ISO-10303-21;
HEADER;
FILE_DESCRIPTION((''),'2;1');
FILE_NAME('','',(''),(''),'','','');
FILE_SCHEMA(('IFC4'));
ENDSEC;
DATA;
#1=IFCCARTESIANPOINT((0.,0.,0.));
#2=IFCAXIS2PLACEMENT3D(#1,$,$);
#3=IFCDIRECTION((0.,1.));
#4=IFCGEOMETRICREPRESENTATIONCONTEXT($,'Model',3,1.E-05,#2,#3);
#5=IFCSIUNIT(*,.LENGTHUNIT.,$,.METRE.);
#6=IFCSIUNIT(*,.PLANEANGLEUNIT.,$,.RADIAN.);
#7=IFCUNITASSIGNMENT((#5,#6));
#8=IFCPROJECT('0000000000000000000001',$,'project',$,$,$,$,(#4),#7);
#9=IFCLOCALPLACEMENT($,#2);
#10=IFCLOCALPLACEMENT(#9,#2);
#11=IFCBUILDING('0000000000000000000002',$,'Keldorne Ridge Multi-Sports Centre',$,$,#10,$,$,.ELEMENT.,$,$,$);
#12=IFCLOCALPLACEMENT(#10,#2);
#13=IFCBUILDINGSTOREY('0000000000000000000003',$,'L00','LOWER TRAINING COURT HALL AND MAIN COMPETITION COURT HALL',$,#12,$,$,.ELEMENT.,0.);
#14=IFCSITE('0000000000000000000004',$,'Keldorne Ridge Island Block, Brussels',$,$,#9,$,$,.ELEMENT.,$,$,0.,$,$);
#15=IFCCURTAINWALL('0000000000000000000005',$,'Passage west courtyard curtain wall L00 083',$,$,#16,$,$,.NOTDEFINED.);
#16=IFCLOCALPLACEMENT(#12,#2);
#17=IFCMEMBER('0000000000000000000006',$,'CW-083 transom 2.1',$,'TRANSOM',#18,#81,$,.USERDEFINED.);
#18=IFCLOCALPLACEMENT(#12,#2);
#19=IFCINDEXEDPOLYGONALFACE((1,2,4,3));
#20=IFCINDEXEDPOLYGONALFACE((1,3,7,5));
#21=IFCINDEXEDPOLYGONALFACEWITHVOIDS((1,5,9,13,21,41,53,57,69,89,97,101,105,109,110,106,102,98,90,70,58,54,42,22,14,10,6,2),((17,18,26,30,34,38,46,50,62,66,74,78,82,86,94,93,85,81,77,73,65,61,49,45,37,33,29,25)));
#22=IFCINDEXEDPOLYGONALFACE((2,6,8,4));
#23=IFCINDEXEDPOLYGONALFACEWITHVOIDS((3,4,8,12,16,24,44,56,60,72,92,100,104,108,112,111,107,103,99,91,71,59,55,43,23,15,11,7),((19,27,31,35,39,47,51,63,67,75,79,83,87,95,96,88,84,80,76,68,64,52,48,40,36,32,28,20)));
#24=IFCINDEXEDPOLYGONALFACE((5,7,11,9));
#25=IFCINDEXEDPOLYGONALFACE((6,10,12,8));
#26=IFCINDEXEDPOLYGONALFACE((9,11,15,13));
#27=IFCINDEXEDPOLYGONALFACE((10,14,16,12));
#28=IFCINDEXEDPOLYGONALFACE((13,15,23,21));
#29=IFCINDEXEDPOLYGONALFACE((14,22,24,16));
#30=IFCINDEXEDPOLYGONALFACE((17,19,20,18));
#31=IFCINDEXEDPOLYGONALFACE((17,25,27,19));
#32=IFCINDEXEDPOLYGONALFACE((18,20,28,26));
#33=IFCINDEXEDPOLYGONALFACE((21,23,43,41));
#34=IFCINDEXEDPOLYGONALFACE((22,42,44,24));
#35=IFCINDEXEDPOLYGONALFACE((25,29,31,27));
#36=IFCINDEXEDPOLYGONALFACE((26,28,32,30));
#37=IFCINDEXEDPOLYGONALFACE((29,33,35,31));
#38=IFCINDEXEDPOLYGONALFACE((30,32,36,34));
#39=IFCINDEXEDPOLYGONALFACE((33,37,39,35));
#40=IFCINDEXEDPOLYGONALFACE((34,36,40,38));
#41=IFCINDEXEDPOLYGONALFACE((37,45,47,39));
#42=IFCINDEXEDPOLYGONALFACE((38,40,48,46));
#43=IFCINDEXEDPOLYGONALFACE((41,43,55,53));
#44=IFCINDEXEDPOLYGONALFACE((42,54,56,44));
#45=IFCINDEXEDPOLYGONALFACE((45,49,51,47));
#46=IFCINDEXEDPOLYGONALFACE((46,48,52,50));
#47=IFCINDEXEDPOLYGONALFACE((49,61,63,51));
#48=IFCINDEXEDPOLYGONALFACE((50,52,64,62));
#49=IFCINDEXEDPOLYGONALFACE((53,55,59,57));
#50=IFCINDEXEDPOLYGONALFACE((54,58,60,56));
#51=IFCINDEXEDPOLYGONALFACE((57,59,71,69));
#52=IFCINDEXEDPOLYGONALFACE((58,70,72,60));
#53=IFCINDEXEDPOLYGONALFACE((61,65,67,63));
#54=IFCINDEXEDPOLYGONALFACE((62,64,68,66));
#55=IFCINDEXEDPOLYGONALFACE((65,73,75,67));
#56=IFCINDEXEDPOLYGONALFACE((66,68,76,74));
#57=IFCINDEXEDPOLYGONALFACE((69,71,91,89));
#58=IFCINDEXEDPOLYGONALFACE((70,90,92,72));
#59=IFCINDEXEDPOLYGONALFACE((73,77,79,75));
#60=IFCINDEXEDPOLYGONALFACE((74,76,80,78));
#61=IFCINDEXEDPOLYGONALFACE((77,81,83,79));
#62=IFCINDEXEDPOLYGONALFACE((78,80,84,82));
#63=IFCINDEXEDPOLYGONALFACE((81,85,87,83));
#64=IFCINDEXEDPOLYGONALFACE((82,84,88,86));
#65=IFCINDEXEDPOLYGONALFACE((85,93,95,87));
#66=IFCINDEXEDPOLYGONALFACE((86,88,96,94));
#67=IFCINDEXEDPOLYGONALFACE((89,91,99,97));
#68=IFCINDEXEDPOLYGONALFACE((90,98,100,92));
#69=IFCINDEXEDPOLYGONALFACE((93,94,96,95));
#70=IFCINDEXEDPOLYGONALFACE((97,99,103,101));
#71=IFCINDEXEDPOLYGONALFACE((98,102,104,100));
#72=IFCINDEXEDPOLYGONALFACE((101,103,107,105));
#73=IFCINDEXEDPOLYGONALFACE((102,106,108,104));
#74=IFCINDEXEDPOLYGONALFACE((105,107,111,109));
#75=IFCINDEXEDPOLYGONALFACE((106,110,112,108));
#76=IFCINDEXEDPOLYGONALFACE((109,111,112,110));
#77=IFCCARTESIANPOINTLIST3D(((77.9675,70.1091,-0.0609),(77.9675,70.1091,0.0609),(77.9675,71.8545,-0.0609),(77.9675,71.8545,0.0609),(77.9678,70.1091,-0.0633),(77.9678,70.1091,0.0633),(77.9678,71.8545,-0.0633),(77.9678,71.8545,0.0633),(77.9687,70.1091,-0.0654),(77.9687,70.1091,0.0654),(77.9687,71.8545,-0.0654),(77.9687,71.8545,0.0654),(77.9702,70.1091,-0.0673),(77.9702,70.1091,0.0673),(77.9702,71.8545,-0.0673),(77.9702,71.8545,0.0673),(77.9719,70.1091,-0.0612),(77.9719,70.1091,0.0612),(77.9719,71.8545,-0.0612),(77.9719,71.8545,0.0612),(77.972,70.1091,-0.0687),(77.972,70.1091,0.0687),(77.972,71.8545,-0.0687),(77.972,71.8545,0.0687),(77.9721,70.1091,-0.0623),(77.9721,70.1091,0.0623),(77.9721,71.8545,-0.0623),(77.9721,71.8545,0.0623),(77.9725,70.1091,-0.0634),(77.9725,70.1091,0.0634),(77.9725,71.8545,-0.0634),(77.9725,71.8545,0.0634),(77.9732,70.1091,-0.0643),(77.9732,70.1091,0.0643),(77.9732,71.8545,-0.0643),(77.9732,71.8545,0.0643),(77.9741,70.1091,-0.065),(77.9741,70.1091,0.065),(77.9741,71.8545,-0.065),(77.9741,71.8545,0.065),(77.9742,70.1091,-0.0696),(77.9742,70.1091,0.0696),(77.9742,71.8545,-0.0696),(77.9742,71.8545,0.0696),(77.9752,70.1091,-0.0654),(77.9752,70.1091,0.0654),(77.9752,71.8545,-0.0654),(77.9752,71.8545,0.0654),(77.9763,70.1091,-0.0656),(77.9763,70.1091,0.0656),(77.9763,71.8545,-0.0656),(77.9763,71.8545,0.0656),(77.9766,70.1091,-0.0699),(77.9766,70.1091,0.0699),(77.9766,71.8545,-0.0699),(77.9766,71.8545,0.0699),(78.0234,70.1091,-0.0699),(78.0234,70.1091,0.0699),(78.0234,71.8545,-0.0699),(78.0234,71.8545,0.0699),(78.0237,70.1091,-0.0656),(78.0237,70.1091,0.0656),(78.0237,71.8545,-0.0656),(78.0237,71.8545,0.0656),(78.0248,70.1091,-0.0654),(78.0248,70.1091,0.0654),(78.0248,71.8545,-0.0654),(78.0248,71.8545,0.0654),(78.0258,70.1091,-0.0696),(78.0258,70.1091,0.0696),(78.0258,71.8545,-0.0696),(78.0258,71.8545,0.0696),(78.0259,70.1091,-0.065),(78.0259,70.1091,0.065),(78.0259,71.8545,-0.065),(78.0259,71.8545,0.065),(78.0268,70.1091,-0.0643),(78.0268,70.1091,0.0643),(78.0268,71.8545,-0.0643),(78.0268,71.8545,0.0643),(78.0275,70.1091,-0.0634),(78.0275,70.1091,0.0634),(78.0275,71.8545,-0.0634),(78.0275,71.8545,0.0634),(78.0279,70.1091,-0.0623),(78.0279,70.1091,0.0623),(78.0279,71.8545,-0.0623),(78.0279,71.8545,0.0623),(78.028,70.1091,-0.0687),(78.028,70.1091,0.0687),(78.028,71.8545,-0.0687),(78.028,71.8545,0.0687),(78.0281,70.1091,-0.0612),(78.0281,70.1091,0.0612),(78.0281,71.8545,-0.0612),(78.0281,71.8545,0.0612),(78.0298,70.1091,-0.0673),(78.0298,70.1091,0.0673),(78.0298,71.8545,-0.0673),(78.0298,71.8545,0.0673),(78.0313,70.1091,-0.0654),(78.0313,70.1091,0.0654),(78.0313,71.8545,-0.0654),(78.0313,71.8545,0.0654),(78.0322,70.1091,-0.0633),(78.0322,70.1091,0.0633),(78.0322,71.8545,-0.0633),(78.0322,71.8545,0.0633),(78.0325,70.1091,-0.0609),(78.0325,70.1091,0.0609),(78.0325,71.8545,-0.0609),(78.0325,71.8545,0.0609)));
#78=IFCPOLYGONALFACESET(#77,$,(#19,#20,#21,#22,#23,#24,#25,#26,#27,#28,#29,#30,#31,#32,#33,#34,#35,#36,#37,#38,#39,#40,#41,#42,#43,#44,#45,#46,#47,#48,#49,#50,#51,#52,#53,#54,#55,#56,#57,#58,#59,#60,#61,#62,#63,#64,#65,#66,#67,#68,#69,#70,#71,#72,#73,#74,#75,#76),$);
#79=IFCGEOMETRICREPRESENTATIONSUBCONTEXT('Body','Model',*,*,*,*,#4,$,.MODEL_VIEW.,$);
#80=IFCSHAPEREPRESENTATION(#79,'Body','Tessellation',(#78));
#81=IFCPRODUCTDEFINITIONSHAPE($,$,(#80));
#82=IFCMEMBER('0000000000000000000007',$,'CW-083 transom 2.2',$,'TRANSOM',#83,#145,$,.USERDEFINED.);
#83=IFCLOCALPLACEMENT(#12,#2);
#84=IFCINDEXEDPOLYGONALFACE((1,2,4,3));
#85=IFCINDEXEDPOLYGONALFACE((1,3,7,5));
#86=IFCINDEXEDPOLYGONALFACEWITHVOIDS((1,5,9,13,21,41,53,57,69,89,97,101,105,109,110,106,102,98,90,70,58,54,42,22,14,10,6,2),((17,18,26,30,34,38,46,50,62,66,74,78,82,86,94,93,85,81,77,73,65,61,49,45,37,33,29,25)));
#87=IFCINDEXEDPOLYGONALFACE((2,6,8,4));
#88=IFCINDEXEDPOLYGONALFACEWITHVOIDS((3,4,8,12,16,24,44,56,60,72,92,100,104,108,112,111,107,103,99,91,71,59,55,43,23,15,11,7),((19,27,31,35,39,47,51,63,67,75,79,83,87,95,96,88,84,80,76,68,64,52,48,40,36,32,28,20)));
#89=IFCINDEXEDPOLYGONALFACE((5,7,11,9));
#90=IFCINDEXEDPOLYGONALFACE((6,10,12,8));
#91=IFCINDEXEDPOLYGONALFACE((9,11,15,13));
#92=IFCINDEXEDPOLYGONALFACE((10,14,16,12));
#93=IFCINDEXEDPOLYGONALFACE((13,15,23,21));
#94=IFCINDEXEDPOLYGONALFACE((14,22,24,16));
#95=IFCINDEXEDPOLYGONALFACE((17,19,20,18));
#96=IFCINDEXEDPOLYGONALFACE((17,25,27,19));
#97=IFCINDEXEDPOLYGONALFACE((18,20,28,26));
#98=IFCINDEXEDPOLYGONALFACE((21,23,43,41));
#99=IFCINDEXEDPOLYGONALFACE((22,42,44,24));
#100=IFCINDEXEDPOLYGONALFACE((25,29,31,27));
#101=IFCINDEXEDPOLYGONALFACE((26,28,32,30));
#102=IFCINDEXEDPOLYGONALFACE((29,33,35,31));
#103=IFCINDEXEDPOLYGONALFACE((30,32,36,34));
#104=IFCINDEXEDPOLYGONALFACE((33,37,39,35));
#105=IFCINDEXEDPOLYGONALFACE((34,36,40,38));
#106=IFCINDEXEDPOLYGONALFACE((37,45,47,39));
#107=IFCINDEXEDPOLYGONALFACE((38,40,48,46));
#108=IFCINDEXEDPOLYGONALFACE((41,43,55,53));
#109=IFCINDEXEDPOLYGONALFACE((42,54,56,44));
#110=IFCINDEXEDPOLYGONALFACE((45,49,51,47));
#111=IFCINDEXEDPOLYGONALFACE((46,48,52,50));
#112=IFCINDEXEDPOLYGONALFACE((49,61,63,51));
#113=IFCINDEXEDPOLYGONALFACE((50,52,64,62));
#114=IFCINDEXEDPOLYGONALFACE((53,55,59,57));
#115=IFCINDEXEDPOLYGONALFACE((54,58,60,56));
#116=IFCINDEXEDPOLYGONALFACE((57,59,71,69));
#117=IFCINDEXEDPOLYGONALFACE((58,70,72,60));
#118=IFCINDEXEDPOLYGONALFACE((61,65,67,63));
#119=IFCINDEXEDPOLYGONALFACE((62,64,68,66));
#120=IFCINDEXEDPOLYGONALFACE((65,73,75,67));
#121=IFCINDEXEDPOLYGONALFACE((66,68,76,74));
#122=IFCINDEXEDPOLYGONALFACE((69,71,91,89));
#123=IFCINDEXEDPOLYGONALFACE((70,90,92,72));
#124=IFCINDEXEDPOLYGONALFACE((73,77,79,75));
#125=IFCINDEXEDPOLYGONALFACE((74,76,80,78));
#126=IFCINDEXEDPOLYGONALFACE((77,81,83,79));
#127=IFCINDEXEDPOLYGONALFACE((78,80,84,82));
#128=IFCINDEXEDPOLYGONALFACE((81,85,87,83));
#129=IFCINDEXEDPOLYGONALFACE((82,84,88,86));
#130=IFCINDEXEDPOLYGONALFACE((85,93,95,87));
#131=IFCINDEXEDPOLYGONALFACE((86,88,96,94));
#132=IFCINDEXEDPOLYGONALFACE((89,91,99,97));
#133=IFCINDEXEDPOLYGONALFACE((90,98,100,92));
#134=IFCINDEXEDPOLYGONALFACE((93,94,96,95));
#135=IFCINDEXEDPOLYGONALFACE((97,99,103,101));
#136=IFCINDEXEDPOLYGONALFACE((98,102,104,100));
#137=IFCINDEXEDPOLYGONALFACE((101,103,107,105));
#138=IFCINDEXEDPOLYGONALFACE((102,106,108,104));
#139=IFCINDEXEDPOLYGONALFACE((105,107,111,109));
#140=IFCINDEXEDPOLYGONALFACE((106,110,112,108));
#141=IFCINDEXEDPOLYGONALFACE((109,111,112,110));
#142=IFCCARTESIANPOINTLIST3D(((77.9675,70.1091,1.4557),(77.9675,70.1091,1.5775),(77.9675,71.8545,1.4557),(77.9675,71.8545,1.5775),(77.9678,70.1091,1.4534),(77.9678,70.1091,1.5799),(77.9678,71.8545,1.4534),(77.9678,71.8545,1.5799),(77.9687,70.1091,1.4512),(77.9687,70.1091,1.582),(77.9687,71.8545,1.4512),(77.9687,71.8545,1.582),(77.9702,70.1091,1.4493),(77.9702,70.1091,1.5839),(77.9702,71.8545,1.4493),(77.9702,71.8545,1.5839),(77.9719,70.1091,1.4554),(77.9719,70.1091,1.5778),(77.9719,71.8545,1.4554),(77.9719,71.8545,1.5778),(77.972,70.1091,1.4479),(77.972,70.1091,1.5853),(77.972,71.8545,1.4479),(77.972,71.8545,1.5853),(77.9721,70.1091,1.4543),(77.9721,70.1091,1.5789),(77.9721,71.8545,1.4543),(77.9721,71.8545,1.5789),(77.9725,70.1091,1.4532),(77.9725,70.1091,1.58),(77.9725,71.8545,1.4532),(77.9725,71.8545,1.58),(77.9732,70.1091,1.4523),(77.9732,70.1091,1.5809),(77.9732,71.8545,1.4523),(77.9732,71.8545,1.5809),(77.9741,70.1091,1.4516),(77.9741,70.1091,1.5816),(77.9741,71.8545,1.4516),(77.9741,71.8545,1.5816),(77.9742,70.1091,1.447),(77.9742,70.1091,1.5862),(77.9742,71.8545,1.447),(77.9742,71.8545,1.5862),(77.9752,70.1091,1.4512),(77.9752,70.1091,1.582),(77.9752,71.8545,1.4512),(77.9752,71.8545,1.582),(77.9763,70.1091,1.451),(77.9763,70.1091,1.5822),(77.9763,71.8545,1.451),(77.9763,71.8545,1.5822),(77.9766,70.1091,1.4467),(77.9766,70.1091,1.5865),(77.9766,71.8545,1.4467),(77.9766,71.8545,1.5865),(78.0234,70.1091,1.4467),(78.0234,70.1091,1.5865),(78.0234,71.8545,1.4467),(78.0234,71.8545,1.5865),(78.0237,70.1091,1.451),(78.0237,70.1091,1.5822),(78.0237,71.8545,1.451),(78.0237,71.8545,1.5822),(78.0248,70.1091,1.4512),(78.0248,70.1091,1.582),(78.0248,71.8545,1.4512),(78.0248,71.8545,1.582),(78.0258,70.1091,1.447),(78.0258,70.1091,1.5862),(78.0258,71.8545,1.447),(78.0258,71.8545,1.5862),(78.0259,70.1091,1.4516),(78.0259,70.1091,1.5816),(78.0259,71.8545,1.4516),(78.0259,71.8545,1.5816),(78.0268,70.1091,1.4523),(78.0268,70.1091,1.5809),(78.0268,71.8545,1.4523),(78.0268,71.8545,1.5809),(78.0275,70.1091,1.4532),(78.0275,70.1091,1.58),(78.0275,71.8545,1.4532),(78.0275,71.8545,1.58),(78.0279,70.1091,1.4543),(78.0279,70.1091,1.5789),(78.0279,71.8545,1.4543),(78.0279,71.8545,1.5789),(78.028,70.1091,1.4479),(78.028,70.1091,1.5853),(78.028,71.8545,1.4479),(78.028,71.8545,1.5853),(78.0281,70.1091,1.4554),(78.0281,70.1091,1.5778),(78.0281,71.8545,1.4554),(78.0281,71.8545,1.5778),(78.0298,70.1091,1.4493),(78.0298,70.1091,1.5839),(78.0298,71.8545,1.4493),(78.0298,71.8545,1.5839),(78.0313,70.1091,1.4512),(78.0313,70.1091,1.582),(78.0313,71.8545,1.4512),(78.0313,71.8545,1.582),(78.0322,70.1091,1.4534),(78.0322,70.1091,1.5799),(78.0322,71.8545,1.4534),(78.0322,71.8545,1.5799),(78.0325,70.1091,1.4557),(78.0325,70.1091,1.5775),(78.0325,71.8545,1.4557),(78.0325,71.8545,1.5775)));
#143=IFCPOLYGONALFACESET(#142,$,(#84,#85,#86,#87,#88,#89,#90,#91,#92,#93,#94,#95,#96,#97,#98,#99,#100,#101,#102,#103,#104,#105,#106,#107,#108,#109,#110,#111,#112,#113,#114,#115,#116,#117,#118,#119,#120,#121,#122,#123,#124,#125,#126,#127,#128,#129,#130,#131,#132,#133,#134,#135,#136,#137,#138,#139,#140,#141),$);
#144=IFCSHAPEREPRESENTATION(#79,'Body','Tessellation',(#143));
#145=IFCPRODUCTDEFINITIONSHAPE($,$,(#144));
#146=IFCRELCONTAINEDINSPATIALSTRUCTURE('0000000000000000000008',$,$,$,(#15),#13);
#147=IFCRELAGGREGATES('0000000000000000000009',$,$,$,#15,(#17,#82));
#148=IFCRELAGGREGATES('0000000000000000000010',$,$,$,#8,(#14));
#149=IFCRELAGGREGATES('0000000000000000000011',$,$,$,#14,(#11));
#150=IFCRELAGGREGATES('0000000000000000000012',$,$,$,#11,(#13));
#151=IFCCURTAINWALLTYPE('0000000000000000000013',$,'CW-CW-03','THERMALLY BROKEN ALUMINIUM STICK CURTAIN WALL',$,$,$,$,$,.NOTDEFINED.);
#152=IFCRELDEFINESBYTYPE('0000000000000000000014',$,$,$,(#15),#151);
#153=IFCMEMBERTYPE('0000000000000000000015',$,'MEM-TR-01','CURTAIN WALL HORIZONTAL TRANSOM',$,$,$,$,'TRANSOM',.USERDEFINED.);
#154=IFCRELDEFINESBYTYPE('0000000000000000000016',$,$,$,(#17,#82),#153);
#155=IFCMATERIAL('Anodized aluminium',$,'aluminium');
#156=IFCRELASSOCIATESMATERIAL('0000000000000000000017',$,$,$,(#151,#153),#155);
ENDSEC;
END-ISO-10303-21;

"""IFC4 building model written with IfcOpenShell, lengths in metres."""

from ifc_helpers import new_model, si_unit, direction, frame, origin, origin_2d, place, context, subcontext, project, spatial, hollow_rectangle, extrude, material, material_profile, profile_set, type_object, element, aggregate, save


model = new_model("IFC4")

# Units and contexts
model_context = context("Model", 3, precision=1e-05, world=origin(), true_north=direction((0.0, 1.0)))
body_context = subcontext(model_context, "Body", "Model", "MODEL_VIEW")
ifc_project = project(units=[si_unit("LENGTHUNIT", "METRE"), si_unit("PLANEANGLEUNIT", "RADIAN")], contexts=[model_context])

# Site, building, storey
site_placement = place(None, origin())
site = spatial("IfcSite", under=ifc_project, at=site_placement, Name="Keldorne Ridge Island Block, Brussels", CompositionType="ELEMENT", RefElevation=0.0)
building_placement = place(site_placement, origin())
building = spatial("IfcBuilding", under=site, at=building_placement, Name="Keldorne Ridge Multi-Sports Centre", CompositionType="ELEMENT")
storey_placement = place(building_placement, origin())
storey = spatial("IfcBuildingStorey", under=building, at=storey_placement, Name="L00", Description="LOWER TRAINING COURT HALL AND MAIN COMPETITION COURT HALL", CompositionType="ELEMENT", Elevation=0.0)

# Curtain wall, members
ifc_material_1 = material(Name="Anodized aluminium", Category="aluminium")
curtain_wall_type = type_object("IfcCurtainWallType", Name="CW-CW-03", Description="THERMALLY BROKEN ALUMINIUM STICK CURTAIN WALL", PredefinedType="NOTDEFINED", material=ifc_material_1)
curtain_wall_placement = place(storey_placement, origin())
curtain_wall = element("IfcCurtainWall", 1, at=curtain_wall_placement, inside=storey, type_object=curtain_wall_type, Name="Passage west courtyard curtain wall L00 083", PredefinedType="NOTDEFINED")
ifc_material_profile_1 = material_profile(ifc_material_1, hollow_rectangle(XDim=0.0649, YDim=0.1399, WallThickness=0.0044, InnerFilletRadius=0.0044, OuterFilletRadius=0.009, at=origin_2d()), Name="ALU TRANSOM 140x65x4.5")
ifc_profile_set_1 = profile_set([ifc_material_profile_1], Name="Anodized aluminium")
member_type_1 = type_object("IfcMemberType", Name="MEM-TR-01", Description="CURTAIN WALL HORIZONTAL TRANSOM", ElementType="TRANSOM", PredefinedType="USERDEFINED", material=ifc_profile_set_1)
member_1_placement = place(storey_placement, frame((78.0, 71.8545, 0.0), z_axis=(0.0, -1.0, 0.0), x_axis=(1.0, 0.0, 0.0)))
member_1 = element("IfcMember", 2, at=member_1_placement, type_object=member_type_1, Name="CW-083 transom 2.1", ObjectType="TRANSOM", PredefinedType="USERDEFINED", context=body_context, shape_type="SweptSolid", body=[
    extrude(hollow_rectangle(XDim=0.0649, YDim=0.1399, WallThickness=0.0044, InnerFilletRadius=0.0044, OuterFilletRadius=0.009, at=origin_2d()), origin(), (0.0, 0.0, 1.0), 1.7454),
])
member_2_placement = place(storey_placement, frame((78.0, 71.8545, 1.5166), z_axis=(0.0, -1.0, 0.0), x_axis=(1.0, 0.0, 0.0)))
member_2 = element("IfcMember", 3, at=member_2_placement, type_object=member_type_1, Name="CW-083 transom 2.2", ObjectType="TRANSOM", PredefinedType="USERDEFINED", context=body_context, shape_type="SweptSolid", body=[
    extrude(hollow_rectangle(XDim=0.0649, YDim=0.1399, WallThickness=0.0044, InnerFilletRadius=0.0044, OuterFilletRadius=0.009, at=origin_2d()), origin(), (0.0, 0.0, 1.0), 1.7454),
])
aggregate(curtain_wall, [member_1, member_2])

save(model, "model.ifc")
